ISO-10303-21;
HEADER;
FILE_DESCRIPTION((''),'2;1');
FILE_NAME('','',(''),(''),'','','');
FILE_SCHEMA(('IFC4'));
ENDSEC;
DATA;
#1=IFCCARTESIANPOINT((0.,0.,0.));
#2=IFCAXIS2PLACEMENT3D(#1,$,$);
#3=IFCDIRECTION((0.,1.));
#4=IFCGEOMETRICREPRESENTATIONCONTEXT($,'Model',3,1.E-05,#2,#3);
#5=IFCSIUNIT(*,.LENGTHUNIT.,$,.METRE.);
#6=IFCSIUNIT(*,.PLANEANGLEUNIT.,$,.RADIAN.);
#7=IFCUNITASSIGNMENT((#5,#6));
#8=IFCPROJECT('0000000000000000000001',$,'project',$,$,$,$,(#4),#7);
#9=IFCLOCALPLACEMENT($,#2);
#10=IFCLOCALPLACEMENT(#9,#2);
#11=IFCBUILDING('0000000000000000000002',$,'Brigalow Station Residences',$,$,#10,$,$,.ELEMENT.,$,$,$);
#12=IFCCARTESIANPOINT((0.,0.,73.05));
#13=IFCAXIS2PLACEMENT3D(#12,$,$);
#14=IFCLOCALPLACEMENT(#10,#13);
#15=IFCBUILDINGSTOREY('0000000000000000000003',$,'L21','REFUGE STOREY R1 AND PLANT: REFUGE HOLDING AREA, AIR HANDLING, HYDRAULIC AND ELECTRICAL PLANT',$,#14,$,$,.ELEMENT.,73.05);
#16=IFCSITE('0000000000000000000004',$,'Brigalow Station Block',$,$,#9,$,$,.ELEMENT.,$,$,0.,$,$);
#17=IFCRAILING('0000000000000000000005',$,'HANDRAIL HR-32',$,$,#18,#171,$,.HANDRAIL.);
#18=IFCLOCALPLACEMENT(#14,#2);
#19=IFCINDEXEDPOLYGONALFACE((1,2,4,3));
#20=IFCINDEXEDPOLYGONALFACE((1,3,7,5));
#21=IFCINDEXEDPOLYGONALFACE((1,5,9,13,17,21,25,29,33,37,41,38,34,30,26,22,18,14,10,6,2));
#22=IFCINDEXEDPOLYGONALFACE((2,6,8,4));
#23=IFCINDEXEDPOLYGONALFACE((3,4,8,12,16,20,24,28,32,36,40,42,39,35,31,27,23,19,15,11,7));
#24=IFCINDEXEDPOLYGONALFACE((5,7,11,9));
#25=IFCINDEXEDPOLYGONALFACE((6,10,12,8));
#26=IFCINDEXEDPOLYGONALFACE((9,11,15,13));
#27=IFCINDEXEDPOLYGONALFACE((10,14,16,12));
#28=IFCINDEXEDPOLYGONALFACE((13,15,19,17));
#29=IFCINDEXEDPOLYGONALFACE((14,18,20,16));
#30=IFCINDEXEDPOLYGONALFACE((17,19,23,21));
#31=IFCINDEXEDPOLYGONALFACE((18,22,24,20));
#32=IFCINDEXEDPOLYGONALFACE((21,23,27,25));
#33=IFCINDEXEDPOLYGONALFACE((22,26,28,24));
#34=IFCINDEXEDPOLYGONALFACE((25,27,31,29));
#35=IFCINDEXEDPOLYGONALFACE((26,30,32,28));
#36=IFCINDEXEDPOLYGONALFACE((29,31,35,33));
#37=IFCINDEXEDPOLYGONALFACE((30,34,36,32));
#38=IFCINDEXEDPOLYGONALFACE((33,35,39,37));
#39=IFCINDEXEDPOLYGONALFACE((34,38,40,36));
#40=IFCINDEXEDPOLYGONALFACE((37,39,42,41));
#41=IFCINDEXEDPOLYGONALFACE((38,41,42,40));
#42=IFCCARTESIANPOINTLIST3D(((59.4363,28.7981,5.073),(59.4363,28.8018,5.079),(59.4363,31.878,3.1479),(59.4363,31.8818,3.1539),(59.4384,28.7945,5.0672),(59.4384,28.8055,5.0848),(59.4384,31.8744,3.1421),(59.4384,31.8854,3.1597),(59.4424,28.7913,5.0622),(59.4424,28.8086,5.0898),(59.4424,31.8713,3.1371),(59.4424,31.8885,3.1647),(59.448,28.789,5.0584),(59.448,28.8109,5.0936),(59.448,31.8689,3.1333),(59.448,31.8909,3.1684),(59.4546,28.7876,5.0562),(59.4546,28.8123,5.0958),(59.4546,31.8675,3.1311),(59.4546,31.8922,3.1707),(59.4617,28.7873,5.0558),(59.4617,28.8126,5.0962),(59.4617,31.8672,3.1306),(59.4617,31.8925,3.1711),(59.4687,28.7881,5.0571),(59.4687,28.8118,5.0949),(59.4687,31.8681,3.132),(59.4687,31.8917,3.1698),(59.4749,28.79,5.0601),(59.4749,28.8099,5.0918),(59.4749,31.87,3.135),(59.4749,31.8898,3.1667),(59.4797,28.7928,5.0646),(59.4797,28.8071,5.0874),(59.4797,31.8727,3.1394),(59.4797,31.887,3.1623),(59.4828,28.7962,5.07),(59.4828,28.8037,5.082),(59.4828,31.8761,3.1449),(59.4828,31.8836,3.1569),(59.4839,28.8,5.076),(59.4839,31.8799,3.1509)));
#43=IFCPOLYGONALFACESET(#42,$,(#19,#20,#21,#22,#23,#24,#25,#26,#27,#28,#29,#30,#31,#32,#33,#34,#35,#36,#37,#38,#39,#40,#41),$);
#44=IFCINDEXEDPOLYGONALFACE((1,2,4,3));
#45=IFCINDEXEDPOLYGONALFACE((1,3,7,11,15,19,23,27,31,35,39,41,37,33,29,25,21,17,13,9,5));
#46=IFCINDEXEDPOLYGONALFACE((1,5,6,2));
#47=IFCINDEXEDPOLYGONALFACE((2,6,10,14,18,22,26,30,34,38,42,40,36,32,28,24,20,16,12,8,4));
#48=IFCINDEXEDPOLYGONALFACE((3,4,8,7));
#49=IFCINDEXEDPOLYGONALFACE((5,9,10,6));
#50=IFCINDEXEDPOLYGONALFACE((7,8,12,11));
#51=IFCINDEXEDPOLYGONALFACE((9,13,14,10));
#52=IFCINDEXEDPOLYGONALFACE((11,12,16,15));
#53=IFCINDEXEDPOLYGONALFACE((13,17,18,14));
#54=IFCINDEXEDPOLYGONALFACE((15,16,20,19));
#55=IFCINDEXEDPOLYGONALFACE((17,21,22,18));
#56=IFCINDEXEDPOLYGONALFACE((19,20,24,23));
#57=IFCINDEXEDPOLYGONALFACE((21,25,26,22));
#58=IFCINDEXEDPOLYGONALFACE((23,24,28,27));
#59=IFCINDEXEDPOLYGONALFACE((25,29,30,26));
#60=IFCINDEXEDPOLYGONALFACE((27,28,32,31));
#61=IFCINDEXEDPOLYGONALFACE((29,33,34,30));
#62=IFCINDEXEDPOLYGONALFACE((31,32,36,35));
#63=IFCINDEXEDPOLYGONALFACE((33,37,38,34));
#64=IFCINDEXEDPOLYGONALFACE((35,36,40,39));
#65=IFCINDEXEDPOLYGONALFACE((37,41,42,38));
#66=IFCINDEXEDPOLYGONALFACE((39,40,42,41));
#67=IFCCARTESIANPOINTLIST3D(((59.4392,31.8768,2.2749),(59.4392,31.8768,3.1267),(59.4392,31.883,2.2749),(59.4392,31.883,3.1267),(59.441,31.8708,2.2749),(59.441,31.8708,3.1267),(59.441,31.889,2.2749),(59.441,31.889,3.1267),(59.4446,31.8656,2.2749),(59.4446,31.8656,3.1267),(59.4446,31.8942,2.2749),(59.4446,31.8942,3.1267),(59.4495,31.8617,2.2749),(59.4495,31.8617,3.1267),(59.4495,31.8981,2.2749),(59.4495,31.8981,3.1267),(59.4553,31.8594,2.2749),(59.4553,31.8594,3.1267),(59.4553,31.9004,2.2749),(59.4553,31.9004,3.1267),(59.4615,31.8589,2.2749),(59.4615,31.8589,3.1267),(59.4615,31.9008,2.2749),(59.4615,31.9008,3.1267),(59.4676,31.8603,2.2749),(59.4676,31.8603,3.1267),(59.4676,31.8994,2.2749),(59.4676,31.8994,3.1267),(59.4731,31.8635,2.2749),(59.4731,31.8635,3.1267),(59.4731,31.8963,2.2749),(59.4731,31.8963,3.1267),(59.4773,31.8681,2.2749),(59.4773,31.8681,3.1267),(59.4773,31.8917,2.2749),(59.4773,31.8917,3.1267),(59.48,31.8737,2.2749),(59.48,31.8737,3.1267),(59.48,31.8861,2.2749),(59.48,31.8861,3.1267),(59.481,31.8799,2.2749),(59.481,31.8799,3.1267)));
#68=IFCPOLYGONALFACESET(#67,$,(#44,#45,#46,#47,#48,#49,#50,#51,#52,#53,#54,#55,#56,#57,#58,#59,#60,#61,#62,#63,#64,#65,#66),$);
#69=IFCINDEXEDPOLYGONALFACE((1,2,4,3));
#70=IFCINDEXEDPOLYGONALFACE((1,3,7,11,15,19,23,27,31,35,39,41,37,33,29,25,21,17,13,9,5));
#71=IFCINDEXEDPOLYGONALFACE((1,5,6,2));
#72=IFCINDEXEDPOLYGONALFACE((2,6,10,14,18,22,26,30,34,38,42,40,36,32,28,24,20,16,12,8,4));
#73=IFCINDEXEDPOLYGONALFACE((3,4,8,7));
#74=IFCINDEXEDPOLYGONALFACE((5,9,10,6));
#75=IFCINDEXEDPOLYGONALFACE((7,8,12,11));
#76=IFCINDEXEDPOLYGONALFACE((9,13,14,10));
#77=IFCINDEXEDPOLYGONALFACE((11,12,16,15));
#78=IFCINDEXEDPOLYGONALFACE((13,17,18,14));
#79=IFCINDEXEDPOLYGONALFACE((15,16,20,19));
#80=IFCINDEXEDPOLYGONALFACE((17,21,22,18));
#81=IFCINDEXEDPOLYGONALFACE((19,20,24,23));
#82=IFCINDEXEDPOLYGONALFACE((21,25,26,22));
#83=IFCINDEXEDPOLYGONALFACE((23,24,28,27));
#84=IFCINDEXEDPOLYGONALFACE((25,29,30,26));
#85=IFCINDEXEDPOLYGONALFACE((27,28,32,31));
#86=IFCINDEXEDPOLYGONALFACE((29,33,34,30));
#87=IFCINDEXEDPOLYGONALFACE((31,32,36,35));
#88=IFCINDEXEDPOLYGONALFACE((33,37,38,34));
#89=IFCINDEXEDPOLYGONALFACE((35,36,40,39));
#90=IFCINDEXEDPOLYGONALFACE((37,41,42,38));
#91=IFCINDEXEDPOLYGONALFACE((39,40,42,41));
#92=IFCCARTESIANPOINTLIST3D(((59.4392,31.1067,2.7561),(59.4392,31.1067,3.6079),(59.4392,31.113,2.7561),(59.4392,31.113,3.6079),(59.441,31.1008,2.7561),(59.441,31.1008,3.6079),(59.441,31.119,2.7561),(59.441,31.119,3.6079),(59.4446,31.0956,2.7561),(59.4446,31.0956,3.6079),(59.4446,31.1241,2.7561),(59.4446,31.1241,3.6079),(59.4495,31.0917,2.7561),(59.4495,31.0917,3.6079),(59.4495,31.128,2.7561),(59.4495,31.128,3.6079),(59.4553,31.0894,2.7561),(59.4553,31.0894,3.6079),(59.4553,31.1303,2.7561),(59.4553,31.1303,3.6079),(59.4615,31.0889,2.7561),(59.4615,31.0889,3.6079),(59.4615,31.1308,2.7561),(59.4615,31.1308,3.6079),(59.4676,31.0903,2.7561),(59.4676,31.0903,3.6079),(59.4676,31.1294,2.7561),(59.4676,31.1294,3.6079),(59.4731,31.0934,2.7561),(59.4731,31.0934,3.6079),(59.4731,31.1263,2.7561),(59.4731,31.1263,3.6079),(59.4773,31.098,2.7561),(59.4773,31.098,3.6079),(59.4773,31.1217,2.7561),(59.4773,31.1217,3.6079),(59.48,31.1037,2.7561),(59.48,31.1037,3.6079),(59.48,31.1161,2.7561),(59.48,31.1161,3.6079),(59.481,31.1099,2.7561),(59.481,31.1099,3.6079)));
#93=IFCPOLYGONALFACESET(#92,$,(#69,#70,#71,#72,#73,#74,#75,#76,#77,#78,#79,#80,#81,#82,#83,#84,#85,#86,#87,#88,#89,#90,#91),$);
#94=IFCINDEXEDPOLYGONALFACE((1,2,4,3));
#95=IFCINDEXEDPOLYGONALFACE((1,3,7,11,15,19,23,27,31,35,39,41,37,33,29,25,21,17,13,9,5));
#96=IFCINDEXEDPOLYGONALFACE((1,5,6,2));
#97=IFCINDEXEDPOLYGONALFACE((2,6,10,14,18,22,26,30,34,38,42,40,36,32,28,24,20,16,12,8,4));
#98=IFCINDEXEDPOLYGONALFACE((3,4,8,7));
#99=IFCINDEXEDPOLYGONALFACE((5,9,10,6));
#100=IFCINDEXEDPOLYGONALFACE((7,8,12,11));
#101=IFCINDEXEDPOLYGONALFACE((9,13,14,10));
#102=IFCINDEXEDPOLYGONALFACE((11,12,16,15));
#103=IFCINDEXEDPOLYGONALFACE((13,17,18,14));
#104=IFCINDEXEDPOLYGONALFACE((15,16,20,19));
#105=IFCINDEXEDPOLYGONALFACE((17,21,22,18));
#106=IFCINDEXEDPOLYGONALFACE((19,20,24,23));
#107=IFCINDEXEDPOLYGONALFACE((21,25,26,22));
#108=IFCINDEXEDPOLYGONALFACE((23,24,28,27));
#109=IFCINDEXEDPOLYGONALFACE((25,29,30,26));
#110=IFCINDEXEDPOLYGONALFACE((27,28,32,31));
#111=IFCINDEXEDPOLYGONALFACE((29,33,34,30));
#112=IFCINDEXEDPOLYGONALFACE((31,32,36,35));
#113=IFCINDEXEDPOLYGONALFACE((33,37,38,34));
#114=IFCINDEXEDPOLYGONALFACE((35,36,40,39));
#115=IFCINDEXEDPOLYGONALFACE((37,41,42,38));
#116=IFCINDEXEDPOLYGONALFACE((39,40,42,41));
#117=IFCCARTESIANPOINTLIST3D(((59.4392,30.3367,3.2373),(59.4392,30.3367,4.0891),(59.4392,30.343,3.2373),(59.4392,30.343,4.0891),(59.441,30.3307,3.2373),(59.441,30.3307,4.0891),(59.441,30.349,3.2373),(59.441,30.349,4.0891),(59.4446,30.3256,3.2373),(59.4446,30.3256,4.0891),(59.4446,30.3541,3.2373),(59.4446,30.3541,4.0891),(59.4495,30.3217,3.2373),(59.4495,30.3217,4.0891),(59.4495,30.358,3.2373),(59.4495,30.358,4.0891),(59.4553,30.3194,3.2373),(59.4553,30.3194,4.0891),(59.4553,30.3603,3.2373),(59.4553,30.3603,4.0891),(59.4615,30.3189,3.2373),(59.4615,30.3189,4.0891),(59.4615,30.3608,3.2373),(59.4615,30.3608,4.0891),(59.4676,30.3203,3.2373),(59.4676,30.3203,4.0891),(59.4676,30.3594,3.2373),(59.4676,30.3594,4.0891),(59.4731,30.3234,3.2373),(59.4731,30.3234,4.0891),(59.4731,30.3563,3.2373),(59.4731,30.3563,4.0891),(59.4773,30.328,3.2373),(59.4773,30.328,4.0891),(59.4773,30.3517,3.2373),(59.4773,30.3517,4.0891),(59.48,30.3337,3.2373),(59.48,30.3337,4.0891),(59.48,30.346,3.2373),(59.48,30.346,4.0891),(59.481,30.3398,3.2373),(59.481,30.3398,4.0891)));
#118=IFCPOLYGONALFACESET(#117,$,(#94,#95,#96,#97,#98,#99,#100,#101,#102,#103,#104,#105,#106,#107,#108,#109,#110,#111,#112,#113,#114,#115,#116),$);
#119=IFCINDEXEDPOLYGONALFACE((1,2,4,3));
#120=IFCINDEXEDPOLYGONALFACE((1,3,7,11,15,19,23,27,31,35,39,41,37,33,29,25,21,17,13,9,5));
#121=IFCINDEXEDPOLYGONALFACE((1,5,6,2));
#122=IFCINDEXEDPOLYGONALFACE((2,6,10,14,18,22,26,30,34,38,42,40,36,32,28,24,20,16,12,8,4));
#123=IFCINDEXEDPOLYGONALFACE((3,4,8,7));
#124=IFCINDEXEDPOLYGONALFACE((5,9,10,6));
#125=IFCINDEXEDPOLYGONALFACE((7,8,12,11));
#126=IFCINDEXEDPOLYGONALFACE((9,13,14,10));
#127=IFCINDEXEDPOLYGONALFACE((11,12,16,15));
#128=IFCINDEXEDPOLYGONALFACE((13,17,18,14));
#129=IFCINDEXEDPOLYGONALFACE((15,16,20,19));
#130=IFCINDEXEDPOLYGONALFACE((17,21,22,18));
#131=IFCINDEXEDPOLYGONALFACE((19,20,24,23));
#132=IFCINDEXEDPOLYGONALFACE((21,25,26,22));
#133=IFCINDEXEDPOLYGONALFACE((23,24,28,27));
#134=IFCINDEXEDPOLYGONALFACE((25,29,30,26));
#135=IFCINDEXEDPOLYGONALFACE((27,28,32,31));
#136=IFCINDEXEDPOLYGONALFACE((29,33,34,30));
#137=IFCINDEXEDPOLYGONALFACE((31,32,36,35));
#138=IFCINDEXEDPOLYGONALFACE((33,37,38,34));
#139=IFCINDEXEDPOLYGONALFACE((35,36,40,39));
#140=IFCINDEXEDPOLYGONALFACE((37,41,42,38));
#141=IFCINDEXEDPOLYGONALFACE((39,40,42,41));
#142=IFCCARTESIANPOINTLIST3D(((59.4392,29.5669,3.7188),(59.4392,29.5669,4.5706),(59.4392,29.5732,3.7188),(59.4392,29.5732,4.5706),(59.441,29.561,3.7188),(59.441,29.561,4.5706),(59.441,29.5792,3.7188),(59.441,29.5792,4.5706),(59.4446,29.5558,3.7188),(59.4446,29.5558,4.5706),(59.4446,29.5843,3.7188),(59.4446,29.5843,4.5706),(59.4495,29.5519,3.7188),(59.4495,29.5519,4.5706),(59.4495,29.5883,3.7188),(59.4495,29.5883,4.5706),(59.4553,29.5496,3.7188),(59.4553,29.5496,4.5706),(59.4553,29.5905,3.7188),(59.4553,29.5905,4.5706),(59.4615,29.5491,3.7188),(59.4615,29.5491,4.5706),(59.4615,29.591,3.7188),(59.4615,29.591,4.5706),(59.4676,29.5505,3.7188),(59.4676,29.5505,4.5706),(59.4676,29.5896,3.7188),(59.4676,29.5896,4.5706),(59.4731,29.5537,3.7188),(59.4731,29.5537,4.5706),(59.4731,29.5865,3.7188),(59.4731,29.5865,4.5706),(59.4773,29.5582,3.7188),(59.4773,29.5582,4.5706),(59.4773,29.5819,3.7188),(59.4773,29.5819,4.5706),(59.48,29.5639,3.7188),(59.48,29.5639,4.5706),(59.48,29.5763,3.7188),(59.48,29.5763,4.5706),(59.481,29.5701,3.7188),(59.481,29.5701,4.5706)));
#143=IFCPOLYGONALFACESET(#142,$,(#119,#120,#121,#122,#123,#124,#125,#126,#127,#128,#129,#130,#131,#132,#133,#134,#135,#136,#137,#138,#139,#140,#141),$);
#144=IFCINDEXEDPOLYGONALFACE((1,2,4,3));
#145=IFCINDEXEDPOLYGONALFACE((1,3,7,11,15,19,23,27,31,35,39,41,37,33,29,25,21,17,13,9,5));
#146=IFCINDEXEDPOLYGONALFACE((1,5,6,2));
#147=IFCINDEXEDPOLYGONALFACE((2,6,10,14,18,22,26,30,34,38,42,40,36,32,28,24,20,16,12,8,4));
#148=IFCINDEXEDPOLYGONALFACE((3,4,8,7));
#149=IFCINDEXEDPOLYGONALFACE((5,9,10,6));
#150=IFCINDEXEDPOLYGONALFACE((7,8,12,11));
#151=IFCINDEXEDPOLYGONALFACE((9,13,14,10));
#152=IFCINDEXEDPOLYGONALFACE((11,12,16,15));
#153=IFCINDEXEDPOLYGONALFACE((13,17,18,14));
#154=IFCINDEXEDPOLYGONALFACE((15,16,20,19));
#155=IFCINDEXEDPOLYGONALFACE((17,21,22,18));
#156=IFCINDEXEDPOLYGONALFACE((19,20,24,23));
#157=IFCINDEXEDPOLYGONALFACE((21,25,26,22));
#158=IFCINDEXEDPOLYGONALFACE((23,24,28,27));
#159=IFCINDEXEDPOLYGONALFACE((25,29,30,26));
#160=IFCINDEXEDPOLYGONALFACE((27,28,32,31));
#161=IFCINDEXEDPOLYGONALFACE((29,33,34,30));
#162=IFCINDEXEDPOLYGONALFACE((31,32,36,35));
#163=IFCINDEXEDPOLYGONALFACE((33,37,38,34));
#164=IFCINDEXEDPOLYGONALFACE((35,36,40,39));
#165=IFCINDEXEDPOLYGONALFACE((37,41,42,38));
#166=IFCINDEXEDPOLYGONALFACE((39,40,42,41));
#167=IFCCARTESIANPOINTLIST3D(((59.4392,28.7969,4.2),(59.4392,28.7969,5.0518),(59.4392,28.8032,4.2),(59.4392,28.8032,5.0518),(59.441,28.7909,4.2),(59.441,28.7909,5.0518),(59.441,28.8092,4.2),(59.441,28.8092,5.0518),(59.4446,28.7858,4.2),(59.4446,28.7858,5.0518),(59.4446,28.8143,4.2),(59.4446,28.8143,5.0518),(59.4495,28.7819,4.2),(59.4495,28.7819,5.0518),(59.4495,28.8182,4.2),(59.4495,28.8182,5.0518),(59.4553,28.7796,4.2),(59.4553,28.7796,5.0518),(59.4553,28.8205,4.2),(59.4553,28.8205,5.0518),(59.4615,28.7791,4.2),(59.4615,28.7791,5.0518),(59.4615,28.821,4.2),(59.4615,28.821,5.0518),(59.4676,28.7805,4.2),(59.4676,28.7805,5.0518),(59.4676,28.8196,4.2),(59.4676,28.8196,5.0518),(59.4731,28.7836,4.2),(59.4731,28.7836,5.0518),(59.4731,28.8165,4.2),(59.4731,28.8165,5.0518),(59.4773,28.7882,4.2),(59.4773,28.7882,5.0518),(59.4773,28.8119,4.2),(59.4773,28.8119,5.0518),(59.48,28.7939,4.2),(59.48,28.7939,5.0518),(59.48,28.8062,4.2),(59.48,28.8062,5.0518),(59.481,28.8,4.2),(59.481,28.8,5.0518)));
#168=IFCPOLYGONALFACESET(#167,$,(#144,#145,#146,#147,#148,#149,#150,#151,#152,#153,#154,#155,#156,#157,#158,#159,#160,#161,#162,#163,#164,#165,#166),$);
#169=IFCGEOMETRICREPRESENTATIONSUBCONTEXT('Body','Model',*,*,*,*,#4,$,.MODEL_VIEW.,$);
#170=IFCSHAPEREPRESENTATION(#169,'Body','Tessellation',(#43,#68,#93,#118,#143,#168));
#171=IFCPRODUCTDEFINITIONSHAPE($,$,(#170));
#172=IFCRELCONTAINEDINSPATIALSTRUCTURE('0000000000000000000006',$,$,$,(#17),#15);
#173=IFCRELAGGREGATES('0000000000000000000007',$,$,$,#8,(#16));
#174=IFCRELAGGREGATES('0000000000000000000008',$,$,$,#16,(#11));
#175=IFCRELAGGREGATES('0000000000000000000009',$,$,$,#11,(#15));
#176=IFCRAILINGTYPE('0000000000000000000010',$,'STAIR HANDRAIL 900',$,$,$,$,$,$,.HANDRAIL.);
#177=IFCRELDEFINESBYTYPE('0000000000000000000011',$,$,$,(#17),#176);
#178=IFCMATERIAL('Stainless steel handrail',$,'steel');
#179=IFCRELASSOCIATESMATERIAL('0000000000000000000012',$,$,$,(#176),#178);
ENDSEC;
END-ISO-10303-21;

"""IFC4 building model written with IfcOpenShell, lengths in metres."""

from ifc_helpers import new_model, si_unit, direction, frame, origin, origin_2d, place, context, subcontext, project, spatial, circle, extrude, material, type_object, element, save


model = new_model("IFC4")

# Units and contexts
model_context = context("Model", 3, precision=1e-05, world=origin(), true_north=direction((0.0, 1.0)))
body_context = subcontext(model_context, "Body", "Model", "MODEL_VIEW")
ifc_project = project(units=[si_unit("LENGTHUNIT", "METRE"), si_unit("PLANEANGLEUNIT", "RADIAN")], contexts=[model_context])

# Site, building, storey
site_placement = place(None, origin())
site = spatial("IfcSite", under=ifc_project, at=site_placement, Name="Brigalow Station Block", CompositionType="ELEMENT", RefElevation=0.0)
building_placement = place(site_placement, origin())
building = spatial("IfcBuilding", under=site, at=building_placement, Name="Brigalow Station Residences", CompositionType="ELEMENT")
storey_placement = place(building_placement, frame((0.0, 0.0, 73.05)))
storey = spatial("IfcBuildingStorey", under=building, at=storey_placement, Name="L21", Description="REFUGE STOREY R1 AND PLANT: REFUGE HOLDING AREA, AIR HANDLING, HYDRAULIC AND ELECTRICAL PLANT", CompositionType="ELEMENT", Elevation=73.05)

# Railing
ifc_material_1 = material(Name="Stainless steel handrail", Category="steel")
railing_type_1 = type_object("IfcRailingType", Name="STAIR HANDRAIL 900", PredefinedType="HANDRAIL", material=ifc_material_1)
railing_1_placement = place(storey_placement, frame((59.46, 31.8799, 2.2749)))
element("IfcRailing", 1, at=railing_1_placement, inside=storey, type_object=railing_type_1, Name="HANDRAIL HR-32", PredefinedType="HANDRAIL", context=body_context, shape_type="SweptSolid", body=[
    extrude(circle(Radius=0.0239, at=origin_2d()), frame((0.0, 0.0, 0.876), z_axis=(0.0, -0.847979, 0.530029), x_axis=(1.0, 0.0, 0.0)), (0.0, 0.0, 1.0), 3.6321),
    extrude(circle(Radius=0.021, at=origin_2d()), origin(), (0.0, 0.0, 1.0), 0.8518),
    extrude(circle(Radius=0.021, at=origin_2d()), frame((0.0, -0.77, 0.4812)), (0.0, 0.0, 1.0), 0.8518),
    extrude(circle(Radius=0.021, at=origin_2d()), frame((0.0, -1.54, 0.9624)), (0.0, 0.0, 1.0), 0.8518),
    extrude(circle(Radius=0.021, at=origin_2d()), frame((0.0, -2.3098, 1.4438)), (0.0, 0.0, 1.0), 0.8518),
    extrude(circle(Radius=0.021, at=origin_2d()), frame((0.0, -3.0798, 1.925)), (0.0, 0.0, 1.0), 0.8518),
])

save(model, "model.ifc")
